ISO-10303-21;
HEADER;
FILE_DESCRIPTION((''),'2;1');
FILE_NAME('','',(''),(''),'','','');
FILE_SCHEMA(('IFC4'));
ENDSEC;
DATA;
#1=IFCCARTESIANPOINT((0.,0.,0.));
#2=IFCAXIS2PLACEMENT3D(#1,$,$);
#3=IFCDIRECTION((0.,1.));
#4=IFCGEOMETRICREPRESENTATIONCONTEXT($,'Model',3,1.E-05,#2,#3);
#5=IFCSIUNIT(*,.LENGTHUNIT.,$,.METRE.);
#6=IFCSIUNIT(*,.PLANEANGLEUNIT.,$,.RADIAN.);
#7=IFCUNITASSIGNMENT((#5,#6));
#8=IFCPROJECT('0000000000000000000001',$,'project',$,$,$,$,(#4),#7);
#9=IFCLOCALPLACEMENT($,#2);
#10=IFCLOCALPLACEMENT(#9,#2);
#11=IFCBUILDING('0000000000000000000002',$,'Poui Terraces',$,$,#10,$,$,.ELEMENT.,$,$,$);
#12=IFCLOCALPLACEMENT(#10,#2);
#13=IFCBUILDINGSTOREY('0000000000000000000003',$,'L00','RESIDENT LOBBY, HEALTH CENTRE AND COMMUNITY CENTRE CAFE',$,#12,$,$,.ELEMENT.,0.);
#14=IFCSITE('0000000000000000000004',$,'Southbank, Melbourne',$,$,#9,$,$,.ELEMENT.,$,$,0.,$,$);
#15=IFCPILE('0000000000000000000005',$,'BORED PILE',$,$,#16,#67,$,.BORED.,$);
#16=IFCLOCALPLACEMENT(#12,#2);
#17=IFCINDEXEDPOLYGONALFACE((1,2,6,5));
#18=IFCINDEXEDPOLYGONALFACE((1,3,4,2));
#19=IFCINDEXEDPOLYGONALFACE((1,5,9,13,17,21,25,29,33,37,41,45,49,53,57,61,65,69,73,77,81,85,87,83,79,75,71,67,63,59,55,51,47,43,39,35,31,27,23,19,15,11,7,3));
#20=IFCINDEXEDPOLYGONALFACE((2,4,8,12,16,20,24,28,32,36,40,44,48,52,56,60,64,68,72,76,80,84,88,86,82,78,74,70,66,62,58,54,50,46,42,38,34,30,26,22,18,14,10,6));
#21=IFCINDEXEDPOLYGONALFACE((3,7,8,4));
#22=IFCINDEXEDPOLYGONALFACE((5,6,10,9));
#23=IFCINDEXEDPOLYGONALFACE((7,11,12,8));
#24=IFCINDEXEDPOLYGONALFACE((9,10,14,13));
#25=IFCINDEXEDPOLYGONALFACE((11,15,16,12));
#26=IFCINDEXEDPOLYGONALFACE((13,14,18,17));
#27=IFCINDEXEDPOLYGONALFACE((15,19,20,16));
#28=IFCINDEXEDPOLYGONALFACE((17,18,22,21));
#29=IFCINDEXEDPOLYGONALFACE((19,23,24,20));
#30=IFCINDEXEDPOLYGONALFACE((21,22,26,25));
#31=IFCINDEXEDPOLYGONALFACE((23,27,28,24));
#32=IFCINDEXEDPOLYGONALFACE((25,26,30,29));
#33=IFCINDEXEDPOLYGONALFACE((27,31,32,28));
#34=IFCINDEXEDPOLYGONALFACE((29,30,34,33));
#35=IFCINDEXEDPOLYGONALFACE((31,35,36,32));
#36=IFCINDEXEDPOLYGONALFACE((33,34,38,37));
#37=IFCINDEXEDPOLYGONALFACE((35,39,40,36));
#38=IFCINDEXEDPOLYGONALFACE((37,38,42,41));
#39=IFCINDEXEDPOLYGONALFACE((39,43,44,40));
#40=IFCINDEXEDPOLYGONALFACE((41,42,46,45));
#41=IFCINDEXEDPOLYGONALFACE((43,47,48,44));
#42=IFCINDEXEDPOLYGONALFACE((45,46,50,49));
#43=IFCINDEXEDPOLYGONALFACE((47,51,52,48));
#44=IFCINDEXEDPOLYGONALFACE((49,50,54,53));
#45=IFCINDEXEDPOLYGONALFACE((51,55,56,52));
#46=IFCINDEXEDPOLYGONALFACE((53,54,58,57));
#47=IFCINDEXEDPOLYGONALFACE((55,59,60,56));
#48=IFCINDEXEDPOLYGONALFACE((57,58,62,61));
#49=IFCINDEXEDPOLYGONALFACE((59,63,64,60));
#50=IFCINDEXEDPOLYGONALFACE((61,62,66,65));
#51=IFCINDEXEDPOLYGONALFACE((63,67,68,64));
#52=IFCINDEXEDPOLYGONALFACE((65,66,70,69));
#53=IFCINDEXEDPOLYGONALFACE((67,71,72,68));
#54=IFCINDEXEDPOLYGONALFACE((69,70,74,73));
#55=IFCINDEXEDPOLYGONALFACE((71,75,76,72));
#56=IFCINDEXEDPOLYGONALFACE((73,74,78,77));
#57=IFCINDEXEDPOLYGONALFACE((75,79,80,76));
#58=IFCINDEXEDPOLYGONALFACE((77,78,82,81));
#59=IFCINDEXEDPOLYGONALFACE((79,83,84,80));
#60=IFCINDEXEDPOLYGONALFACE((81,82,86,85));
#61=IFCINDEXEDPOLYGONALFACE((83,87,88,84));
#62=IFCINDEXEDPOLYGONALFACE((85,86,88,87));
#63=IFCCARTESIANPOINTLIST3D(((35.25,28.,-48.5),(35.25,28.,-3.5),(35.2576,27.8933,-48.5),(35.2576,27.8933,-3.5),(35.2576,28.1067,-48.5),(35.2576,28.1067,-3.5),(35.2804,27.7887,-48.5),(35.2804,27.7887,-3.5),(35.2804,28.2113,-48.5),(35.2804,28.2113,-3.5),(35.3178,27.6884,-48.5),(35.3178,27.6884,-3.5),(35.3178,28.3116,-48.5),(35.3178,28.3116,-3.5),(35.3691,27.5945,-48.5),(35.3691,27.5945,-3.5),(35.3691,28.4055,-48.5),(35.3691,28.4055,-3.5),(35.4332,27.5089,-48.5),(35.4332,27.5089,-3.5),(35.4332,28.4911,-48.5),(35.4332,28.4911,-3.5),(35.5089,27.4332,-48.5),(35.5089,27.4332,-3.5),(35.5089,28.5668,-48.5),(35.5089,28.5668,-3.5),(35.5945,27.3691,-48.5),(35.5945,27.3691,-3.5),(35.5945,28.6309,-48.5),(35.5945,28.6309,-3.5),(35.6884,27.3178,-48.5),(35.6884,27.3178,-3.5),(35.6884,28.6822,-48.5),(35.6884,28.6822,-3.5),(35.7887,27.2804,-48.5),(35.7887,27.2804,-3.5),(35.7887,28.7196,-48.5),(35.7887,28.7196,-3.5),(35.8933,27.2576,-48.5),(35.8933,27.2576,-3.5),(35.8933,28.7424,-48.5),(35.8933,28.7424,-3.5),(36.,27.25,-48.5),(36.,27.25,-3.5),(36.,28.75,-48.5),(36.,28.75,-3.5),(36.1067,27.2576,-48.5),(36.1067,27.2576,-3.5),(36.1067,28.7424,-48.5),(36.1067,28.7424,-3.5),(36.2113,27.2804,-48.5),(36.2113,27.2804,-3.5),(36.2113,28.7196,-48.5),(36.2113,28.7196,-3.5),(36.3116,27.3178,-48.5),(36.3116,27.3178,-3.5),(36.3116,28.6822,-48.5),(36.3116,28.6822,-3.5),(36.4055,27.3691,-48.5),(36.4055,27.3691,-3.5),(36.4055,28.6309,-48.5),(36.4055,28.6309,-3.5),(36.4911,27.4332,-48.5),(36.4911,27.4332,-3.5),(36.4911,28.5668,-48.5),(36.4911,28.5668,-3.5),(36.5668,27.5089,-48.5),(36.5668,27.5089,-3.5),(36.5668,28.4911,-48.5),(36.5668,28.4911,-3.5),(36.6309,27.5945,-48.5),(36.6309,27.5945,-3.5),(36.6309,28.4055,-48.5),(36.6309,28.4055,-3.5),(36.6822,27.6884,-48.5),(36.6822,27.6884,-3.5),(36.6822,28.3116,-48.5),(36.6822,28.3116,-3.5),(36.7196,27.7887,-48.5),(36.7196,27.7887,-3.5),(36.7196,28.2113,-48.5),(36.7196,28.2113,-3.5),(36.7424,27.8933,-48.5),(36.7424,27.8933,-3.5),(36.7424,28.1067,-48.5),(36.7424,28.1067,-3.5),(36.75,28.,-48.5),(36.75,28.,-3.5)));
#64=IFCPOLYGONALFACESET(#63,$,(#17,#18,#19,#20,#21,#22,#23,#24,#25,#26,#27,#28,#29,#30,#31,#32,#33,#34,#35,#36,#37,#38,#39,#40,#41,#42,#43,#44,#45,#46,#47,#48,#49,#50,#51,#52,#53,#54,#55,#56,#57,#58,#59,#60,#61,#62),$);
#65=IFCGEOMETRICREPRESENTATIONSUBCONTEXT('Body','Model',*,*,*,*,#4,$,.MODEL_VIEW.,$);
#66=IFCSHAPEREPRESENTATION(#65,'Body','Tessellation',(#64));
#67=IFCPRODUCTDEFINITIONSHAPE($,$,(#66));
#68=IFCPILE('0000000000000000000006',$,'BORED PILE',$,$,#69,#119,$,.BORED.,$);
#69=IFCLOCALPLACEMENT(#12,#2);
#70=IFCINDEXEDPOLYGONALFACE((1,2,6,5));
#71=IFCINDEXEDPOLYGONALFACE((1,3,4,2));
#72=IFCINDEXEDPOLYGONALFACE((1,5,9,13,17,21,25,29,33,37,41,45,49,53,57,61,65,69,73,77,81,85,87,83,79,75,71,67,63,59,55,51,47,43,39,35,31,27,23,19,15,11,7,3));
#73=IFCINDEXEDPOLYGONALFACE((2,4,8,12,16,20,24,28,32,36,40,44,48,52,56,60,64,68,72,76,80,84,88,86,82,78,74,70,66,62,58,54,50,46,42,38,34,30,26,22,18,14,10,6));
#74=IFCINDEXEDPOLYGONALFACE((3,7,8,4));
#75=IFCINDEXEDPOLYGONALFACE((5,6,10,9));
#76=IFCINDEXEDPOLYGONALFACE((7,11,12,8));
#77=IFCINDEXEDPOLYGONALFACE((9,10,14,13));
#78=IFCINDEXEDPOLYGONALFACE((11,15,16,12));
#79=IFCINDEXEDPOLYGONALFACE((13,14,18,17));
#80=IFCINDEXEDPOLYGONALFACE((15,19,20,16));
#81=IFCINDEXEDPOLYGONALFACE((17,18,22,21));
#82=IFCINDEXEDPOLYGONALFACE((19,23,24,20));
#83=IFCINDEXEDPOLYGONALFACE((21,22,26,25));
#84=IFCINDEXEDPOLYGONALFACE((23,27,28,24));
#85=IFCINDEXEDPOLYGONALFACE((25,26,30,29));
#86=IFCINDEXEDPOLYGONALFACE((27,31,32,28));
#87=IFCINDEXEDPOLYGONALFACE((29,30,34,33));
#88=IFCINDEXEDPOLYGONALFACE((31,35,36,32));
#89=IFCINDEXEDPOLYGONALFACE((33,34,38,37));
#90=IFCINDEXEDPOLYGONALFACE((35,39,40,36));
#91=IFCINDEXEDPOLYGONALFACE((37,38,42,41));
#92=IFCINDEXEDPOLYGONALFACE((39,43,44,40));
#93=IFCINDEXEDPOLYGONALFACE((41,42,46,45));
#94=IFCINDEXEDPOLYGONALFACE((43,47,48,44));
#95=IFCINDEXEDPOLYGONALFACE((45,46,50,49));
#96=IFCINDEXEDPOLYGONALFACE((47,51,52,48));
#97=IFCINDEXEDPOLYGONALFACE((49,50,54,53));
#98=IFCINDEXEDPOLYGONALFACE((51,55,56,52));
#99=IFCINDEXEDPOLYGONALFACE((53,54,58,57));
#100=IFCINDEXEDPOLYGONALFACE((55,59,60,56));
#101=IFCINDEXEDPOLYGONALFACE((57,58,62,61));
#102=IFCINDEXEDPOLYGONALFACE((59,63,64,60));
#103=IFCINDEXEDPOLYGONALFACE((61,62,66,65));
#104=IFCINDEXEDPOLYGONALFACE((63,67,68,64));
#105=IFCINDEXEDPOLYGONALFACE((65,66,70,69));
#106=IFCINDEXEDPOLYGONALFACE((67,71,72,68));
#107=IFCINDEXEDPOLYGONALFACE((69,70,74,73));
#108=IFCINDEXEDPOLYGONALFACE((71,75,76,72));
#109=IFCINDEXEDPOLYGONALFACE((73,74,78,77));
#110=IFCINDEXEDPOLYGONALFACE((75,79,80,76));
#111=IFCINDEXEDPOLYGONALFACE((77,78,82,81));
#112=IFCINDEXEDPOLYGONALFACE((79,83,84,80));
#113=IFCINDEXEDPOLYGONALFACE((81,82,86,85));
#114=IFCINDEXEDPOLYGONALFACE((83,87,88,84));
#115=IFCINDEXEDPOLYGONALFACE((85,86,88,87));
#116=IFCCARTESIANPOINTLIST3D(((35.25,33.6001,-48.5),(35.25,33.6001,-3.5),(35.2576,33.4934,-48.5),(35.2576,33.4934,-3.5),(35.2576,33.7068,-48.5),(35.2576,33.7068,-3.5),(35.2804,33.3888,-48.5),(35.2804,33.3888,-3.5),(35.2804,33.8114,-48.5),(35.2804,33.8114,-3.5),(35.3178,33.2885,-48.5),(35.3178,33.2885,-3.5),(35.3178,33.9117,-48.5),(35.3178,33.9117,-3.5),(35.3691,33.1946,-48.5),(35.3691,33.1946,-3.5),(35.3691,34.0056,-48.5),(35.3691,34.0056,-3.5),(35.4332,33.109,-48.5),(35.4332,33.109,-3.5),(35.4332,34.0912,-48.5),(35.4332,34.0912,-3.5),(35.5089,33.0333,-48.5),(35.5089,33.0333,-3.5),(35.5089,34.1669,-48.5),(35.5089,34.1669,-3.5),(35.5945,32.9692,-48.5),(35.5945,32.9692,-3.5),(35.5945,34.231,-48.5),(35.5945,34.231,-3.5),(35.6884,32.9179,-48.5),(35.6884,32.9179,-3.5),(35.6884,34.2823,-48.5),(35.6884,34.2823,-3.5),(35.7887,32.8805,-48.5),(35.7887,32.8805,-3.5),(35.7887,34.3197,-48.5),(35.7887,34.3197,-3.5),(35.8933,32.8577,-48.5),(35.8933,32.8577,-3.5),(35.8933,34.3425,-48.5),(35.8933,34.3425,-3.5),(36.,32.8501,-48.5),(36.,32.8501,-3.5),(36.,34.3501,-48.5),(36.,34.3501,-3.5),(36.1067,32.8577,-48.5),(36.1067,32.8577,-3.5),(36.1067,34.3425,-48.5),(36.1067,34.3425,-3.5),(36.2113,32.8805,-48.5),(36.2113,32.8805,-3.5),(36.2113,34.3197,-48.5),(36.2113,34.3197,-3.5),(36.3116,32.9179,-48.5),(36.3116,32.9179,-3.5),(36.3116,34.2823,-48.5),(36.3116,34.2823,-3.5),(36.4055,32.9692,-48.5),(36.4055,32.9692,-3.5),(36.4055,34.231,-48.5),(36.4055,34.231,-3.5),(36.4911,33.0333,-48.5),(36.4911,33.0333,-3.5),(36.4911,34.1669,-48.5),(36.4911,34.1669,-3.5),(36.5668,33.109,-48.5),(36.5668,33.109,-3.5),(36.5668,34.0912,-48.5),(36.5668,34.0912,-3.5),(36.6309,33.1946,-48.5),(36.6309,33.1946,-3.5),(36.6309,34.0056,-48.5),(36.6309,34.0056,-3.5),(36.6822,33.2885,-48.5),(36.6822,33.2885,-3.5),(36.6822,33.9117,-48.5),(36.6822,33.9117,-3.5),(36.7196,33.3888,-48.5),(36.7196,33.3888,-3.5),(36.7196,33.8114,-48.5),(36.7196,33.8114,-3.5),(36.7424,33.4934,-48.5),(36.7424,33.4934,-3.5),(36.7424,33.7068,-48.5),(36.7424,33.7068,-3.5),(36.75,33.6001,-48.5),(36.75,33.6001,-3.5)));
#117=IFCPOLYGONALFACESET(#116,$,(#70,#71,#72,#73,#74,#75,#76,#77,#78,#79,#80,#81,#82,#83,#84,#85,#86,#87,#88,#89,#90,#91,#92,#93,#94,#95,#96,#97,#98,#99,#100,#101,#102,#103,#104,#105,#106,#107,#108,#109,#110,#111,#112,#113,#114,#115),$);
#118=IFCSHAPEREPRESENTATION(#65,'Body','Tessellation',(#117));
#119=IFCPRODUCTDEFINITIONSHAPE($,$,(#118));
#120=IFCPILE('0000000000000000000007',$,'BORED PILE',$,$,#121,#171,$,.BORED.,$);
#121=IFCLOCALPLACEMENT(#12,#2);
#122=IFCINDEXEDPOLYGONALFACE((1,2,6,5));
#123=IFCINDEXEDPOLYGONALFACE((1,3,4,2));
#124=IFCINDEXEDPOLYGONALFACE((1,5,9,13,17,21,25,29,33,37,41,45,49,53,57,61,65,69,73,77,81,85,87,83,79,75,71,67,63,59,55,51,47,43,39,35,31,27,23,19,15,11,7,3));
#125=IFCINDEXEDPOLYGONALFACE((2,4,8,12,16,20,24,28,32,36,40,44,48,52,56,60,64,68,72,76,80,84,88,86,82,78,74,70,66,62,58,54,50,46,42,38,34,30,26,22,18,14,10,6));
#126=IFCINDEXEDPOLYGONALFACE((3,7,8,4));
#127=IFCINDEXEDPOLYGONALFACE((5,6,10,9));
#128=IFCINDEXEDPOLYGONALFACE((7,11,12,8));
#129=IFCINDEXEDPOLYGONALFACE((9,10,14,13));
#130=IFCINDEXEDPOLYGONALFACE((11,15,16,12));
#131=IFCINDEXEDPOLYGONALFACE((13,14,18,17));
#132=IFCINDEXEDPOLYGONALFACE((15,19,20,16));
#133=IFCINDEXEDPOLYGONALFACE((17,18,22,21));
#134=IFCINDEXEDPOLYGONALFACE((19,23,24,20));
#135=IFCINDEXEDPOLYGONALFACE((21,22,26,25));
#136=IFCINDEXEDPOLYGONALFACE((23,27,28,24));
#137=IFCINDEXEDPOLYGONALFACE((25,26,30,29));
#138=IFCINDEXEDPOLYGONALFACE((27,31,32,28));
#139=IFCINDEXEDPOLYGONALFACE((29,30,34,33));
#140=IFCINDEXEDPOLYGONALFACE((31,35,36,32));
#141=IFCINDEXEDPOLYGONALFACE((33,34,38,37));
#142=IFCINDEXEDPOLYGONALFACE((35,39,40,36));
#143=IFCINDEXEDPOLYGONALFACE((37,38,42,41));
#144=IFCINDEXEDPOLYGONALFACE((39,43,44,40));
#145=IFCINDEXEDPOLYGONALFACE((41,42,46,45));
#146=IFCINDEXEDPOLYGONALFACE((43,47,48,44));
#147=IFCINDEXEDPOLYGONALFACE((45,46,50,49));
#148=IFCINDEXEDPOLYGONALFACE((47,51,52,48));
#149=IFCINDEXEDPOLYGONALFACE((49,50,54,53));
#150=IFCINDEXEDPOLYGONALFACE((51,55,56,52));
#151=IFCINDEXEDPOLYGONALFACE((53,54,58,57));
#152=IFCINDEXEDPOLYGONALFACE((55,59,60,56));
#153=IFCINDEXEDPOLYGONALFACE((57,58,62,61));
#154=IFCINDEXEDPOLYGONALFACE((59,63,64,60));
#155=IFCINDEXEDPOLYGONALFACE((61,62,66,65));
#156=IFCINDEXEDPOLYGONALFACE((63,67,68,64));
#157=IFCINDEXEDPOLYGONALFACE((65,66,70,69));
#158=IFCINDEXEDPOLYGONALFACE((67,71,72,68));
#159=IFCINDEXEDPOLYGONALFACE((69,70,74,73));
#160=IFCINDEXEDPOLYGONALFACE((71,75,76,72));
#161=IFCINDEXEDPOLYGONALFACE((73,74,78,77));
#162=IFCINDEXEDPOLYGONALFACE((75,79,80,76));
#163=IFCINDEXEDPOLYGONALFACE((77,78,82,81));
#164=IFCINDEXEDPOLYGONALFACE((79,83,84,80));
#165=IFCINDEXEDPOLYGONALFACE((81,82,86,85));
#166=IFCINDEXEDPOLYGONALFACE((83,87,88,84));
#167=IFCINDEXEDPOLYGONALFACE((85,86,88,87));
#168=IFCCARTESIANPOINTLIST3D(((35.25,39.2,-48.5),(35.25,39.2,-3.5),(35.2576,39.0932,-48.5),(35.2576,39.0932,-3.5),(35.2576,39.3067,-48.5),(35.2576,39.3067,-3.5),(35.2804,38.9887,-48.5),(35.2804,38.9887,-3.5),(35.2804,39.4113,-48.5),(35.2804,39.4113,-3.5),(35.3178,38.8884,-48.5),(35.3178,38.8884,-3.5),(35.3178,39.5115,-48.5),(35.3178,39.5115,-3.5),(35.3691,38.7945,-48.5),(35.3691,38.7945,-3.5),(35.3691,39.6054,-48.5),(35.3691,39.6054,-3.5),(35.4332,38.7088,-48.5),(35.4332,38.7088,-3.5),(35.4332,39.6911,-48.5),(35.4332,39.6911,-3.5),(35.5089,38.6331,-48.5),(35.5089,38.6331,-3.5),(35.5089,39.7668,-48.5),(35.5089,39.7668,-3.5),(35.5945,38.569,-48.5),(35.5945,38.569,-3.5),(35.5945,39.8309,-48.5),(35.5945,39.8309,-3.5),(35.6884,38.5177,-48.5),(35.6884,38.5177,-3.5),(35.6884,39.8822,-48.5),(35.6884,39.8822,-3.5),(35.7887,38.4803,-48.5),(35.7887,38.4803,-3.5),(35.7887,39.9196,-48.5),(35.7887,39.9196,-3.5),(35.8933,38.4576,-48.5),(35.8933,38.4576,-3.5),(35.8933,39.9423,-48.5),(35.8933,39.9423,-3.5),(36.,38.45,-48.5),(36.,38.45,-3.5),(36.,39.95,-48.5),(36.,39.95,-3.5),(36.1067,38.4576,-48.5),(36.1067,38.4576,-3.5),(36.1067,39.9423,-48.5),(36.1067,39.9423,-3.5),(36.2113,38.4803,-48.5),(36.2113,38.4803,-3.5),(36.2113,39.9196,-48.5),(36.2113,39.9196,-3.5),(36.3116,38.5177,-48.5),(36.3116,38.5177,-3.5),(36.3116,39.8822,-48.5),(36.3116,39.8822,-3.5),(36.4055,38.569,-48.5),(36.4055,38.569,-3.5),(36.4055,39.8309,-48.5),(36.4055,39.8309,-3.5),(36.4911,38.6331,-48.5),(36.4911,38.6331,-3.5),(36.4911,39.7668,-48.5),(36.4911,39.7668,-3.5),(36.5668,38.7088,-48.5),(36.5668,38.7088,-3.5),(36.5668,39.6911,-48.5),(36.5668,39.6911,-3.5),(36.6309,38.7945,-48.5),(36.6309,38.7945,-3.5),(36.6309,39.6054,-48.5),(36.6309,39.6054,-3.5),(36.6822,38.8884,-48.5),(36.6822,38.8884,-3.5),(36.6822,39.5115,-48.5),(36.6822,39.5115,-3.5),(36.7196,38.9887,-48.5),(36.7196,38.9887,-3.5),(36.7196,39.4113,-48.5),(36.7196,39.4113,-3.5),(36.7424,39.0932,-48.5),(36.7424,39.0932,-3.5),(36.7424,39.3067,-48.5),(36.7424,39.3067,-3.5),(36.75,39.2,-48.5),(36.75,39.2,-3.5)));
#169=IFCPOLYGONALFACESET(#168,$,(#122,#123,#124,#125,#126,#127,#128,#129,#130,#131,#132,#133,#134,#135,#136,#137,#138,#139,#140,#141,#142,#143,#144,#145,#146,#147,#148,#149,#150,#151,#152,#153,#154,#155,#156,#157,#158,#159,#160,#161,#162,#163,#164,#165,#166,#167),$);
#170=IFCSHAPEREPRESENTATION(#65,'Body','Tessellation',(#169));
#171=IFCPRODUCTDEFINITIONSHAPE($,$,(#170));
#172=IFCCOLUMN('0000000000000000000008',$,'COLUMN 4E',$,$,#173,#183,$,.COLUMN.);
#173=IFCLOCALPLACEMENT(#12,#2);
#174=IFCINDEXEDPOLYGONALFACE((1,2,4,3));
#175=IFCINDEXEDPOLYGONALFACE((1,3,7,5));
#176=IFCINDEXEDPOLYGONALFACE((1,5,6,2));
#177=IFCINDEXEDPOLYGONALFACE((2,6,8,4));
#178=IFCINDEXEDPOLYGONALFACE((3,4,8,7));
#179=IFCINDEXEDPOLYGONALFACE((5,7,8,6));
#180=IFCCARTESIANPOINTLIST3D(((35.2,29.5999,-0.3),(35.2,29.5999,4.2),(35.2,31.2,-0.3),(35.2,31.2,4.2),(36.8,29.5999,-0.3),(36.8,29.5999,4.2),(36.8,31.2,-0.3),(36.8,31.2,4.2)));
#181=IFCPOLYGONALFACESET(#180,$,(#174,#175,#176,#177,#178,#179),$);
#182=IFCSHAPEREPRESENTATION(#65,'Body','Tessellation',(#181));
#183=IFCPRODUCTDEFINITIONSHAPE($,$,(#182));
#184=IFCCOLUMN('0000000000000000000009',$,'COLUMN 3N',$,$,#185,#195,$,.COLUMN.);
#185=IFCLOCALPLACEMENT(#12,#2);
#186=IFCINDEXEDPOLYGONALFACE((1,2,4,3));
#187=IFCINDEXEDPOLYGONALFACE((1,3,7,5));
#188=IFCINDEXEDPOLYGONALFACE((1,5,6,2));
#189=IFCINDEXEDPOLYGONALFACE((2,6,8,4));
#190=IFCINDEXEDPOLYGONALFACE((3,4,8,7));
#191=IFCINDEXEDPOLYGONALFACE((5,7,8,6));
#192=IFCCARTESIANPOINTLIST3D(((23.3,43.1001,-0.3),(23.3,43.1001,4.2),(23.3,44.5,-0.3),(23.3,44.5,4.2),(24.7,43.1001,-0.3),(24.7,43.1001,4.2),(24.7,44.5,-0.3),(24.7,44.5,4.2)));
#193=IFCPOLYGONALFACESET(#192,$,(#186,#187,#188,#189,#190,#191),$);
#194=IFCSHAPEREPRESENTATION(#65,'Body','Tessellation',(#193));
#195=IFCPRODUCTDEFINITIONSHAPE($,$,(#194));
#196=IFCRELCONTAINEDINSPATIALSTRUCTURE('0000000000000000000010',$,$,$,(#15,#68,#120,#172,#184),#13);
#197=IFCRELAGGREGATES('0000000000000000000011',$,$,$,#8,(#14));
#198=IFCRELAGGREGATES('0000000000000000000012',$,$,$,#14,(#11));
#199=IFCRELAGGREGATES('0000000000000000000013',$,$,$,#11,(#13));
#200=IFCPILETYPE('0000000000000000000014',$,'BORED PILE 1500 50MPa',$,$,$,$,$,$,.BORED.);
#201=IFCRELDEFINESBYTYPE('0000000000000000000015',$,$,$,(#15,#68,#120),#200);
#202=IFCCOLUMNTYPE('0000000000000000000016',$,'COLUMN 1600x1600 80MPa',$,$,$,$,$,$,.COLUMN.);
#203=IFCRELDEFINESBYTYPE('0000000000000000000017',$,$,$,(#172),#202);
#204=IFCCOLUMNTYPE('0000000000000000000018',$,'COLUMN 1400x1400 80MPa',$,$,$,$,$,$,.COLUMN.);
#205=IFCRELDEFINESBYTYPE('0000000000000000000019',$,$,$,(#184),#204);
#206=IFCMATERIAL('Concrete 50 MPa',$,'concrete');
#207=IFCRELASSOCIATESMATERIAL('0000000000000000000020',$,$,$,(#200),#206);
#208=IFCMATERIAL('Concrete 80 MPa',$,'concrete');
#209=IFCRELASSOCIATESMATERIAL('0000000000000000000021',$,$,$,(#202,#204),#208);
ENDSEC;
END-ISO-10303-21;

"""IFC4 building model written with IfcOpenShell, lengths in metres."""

from ifc_helpers import new_model, si_unit, direction, frame, origin, origin_2d, place, context, subcontext, project, spatial, rectangle, circle, extrude, source, transform, mapped, material, material_profile, profile_set, type_object, element, save


model = new_model("IFC4")

# Units and contexts
model_context = context("Model", 3, precision=1e-05, world=origin(), true_north=direction((0.0, 1.0)))
body_context = subcontext(model_context, "Body", "Model", "MODEL_VIEW")
ifc_project = project(units=[si_unit("LENGTHUNIT", "METRE"), si_unit("PLANEANGLEUNIT", "RADIAN")], contexts=[model_context])

# Site, building, storey
site_placement = place(None, origin())
site = spatial("IfcSite", under=ifc_project, at=site_placement, Name="Southbank, Melbourne", CompositionType="ELEMENT", RefElevation=0.0)
building_placement = place(site_placement, origin())
building = spatial("IfcBuilding", under=site, at=building_placement, Name="Poui Terraces", CompositionType="ELEMENT")
storey_placement = place(building_placement, origin())
storey = spatial("IfcBuildingStorey", under=building, at=storey_placement, Name="L00", Description="RESIDENT LOBBY, HEALTH CENTRE AND COMMUNITY CENTRE CAFE", CompositionType="ELEMENT", Elevation=0.0)

# Piles
ifc_material_1 = material(Name="Concrete 50 MPa", Category="concrete")
ifc_material_profile_1 = material_profile(ifc_material_1, circle(Radius=0.75, at=origin_2d()), Name="RC D1500")
ifc_profile_set_1 = profile_set([ifc_material_profile_1], Name="Concrete 50 MPa")
pile_type = type_object("IfcPileType", Name="BORED PILE 1500 50MPa", PredefinedType="BORED", material=ifc_profile_set_1)
for number, where, z_axis, x_axis, name in (
    (1, (36.0, 28.0, -3.5), (0.0, 0.0, -1.0), (1.0, 0.0, 0.0), "BORED PILE"),
    (2, (36.0, 33.6001, -3.5), (0.0, 0.0, -1.0), (1.0, 0.0, 0.0), "BORED PILE"),
    (3, (36.0, 39.2, -3.5), (0.0, 0.0, -1.0), (1.0, 0.0, 0.0), "BORED PILE"),
):
    element("IfcPile", number, at=place(storey_placement, frame(where, z_axis=z_axis, x_axis=x_axis)), inside=storey, type_object=pile_type, Name=name, PredefinedType="BORED", context=body_context, shape_type="SweptSolid", body=[
        extrude(circle(Radius=0.75, at=origin_2d()), origin(), (0.0, 0.0, 1.0), 45.0),
    ])

# Columns
ifc_material_2 = material(Name="Concrete 80 MPa", Category="concrete")
ifc_material_profile_2 = material_profile(ifc_material_2, rectangle(XDim=1.6001, YDim=1.6001, at=origin_2d()), Name="RC 1600x1600")
ifc_profile_set_2 = profile_set([ifc_material_profile_2], Name="Concrete 80 MPa")
column_type_1 = type_object("IfcColumnType", Name="COLUMN 1600x1600 80MPa", PredefinedType="COLUMN", material=ifc_profile_set_2)
shared_shape_1 = source(origin(), body_context, "Body", "SweptSolid", [
    extrude(rectangle(XDim=1.6001, YDim=1.6001, at=origin_2d()), origin(), (0.0, 0.0, 1.0), 4.5),
])
column_1_placement = place(storey_placement, frame((36.0, 30.3999, -0.3), z_axis=(0.0, 0.0, 1.0), x_axis=(1.0, 0.0, 0.0)))
element("IfcColumn", 4, at=column_1_placement, inside=storey, type_object=column_type_1, Name="COLUMN 4E", PredefinedType="COLUMN", context=body_context, shape_type="MappedRepresentation", body=[
    mapped(shared_shape_1, transform((0.0, 0.0, 0.0))),
])
ifc_material_profile_3 = material_profile(ifc_material_2, rectangle(XDim=1.3999, YDim=1.3999, at=origin_2d()), Name="RC 1400x1400")
ifc_profile_set_3 = profile_set([ifc_material_profile_3], Name="Concrete 80 MPa")
column_type_2 = type_object("IfcColumnType", Name="COLUMN 1400x1400 80MPa", PredefinedType="COLUMN", material=ifc_profile_set_3)
shared_shape_2 = source(origin(), body_context, "Body", "SweptSolid", [
    extrude(rectangle(XDim=1.3999, YDim=1.3999, at=origin_2d()), origin(), (0.0, 0.0, 1.0), 4.5),
])
for number, where, z_axis, x_axis, name in (
    (5, (24.0, 43.8, -0.3), (0.0, 0.0, 1.0), (1.0, 0.0, 0.0), "COLUMN 3N"),
):
    element("IfcColumn", number, at=place(storey_placement, frame(where, z_axis=z_axis, x_axis=x_axis)), inside=storey, type_object=column_type_2, Name=name, PredefinedType="COLUMN", context=body_context, shape_type="MappedRepresentation", body=[
        mapped(shared_shape_2, transform((0.0, 0.0, 0.0))),
    ])

save(model, "model.ifc")
